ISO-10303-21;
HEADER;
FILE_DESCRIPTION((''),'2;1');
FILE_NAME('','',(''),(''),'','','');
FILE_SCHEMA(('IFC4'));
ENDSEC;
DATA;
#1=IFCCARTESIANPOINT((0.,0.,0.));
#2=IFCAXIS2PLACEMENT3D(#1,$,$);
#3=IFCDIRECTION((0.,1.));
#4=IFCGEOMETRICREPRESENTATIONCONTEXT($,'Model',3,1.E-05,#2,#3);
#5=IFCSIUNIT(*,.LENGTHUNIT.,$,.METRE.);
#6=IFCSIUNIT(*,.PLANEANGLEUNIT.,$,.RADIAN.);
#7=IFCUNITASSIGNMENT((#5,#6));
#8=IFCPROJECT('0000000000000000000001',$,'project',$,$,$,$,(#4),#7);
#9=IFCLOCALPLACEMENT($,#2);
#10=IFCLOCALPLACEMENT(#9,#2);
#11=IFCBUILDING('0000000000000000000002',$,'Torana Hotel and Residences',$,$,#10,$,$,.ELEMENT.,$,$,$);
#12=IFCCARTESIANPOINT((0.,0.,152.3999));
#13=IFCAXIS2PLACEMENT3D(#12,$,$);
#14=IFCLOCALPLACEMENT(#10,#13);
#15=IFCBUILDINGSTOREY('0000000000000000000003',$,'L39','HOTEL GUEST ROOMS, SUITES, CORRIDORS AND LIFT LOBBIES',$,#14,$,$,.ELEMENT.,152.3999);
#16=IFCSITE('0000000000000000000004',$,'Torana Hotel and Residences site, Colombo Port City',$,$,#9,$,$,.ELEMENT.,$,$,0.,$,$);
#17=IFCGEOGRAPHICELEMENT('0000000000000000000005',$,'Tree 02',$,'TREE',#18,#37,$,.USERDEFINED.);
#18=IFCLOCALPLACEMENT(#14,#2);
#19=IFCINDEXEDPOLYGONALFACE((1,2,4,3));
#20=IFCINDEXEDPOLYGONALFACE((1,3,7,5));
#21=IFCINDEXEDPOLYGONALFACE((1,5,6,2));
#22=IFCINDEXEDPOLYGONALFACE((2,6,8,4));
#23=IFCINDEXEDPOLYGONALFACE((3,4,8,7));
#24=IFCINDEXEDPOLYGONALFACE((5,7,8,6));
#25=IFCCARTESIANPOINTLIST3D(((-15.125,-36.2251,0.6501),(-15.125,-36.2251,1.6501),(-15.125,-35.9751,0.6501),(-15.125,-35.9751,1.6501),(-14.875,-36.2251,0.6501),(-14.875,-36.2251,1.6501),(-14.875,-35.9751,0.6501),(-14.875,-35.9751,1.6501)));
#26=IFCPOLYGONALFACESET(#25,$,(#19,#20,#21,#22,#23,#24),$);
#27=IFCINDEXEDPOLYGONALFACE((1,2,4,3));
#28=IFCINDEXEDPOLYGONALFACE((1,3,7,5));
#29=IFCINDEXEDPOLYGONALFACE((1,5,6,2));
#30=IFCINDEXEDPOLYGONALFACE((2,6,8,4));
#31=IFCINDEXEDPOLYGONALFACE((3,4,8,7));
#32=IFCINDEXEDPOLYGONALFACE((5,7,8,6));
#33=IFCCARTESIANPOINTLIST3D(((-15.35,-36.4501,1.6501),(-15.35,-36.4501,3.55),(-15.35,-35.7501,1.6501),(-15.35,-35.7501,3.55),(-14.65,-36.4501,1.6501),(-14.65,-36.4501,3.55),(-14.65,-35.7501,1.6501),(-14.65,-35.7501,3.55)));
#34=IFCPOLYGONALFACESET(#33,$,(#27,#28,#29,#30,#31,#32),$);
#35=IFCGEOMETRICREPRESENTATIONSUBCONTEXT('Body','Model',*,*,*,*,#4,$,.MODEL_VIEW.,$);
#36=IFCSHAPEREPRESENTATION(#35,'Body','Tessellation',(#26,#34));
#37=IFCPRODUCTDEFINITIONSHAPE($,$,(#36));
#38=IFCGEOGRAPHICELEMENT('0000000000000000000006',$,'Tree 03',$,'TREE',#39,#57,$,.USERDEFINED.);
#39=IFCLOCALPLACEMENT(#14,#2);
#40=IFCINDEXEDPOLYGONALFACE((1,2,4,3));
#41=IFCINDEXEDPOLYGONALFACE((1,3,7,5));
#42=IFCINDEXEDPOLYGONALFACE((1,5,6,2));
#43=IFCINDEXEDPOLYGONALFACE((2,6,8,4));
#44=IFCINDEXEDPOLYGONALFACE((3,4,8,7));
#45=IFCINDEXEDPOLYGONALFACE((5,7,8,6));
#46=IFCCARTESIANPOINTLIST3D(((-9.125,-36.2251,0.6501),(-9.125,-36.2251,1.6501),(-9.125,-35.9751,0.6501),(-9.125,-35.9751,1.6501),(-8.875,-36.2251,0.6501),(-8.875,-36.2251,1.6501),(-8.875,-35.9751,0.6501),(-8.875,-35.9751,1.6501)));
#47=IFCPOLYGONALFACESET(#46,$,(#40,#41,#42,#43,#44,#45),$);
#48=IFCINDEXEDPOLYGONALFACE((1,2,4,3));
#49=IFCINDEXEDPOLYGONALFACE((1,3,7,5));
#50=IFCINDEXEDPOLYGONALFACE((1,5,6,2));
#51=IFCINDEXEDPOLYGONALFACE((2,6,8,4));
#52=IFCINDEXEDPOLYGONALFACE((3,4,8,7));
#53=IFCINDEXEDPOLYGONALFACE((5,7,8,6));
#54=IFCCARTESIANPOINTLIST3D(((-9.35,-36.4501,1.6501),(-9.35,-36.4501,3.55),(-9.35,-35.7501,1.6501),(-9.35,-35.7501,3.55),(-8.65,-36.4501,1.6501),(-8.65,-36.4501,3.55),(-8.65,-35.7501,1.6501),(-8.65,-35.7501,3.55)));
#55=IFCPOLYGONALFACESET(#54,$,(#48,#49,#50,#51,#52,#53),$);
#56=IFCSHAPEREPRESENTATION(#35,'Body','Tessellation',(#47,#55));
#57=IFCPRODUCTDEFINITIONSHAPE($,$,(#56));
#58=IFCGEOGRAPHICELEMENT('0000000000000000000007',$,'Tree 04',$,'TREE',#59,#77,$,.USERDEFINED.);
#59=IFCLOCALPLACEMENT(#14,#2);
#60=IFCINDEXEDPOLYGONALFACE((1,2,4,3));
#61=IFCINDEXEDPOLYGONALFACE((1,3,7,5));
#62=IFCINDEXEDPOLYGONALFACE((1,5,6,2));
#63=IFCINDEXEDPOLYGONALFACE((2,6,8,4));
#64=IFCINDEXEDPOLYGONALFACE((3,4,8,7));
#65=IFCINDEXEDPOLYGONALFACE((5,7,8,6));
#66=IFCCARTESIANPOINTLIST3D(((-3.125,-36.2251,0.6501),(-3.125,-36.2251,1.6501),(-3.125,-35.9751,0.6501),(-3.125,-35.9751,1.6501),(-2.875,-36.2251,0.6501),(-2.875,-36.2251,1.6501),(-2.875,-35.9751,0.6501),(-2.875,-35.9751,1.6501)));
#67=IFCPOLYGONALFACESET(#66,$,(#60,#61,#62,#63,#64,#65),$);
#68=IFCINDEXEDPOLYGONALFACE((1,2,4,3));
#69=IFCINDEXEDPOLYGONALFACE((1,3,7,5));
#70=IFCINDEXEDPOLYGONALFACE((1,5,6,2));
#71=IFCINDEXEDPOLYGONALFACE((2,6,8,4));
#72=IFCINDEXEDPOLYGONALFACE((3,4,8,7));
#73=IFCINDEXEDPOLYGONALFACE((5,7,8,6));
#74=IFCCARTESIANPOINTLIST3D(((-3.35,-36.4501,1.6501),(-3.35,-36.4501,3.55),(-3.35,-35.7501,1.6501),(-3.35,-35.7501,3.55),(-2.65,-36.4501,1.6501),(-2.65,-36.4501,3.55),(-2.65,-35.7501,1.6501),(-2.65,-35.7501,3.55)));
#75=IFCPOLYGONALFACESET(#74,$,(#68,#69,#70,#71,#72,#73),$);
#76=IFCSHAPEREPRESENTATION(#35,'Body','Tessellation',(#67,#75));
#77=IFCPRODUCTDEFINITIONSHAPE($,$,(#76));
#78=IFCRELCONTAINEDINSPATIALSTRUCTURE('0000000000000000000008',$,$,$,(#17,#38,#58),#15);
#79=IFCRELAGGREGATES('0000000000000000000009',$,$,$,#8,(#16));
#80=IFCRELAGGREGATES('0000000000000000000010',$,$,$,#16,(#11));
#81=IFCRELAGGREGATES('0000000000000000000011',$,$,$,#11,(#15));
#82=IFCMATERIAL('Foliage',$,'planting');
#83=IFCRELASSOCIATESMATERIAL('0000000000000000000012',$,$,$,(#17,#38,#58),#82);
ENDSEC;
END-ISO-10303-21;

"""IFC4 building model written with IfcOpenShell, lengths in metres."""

from ifc_helpers import new_model, si_unit, direction, frame, origin, origin_2d, place, context, subcontext, project, spatial, rectangle, extrude, material, element, save


model = new_model("IFC4")

# Units and contexts
model_context = context("Model", 3, precision=1e-05, world=origin(), true_north=direction((0.0, 1.0)))
body_context = subcontext(model_context, "Body", "Model", "MODEL_VIEW")
ifc_project = project(units=[si_unit("LENGTHUNIT", "METRE"), si_unit("PLANEANGLEUNIT", "RADIAN")], contexts=[model_context])

# Site, building, storey
site_placement = place(None, origin())
site = spatial("IfcSite", under=ifc_project, at=site_placement, Name="Torana Hotel and Residences site, Colombo Port City", CompositionType="ELEMENT", RefElevation=0.0)
building_placement = place(site_placement, origin())
building = spatial("IfcBuilding", under=site, at=building_placement, Name="Torana Hotel and Residences", CompositionType="ELEMENT")
storey_placement = place(building_placement, frame((0.0, 0.0, 152.3999)))
storey = spatial("IfcBuildingStorey", under=building, at=storey_placement, Name="L39", Description="HOTEL GUEST ROOMS, SUITES, CORRIDORS AND LIFT LOBBIES", CompositionType="ELEMENT", Elevation=152.3999)

# Geographic elements
ifc_material_1 = material(Name="Foliage", Category="planting")
for number, where, z_axis, x_axis, name in (
    (1, (-15.0, -36.1001, 0.6501), (0.0, 0.0, 1.0), (1.0, 0.0, 0.0), "Tree 02"),
    (2, (-9.0, -36.1001, 0.6501), (0.0, 0.0, 1.0), (1.0, 0.0, 0.0), "Tree 03"),
    (3, (-3.0, -36.1001, 0.6501), (0.0, 0.0, 1.0), (1.0, 0.0, 0.0), "Tree 04"),
):
    element("IfcGeographicElement", number, at=place(storey_placement, frame(where, z_axis=z_axis, x_axis=x_axis)), inside=storey, material=ifc_material_1, Name=name, ObjectType="TREE", PredefinedType="USERDEFINED", context=body_context, shape_type="SweptSolid", body=[
        extrude(rectangle(XDim=0.25, YDim=0.25, at=origin_2d()), origin(), (0.0, 0.0, 1.0), 1.0),
        extrude(rectangle(XDim=0.7, YDim=0.7, at=origin_2d()), frame((0.0, 0.0, 1.0)), (0.0, 0.0, 1.0), 1.8999),
    ])

save(model, "model.ifc")
